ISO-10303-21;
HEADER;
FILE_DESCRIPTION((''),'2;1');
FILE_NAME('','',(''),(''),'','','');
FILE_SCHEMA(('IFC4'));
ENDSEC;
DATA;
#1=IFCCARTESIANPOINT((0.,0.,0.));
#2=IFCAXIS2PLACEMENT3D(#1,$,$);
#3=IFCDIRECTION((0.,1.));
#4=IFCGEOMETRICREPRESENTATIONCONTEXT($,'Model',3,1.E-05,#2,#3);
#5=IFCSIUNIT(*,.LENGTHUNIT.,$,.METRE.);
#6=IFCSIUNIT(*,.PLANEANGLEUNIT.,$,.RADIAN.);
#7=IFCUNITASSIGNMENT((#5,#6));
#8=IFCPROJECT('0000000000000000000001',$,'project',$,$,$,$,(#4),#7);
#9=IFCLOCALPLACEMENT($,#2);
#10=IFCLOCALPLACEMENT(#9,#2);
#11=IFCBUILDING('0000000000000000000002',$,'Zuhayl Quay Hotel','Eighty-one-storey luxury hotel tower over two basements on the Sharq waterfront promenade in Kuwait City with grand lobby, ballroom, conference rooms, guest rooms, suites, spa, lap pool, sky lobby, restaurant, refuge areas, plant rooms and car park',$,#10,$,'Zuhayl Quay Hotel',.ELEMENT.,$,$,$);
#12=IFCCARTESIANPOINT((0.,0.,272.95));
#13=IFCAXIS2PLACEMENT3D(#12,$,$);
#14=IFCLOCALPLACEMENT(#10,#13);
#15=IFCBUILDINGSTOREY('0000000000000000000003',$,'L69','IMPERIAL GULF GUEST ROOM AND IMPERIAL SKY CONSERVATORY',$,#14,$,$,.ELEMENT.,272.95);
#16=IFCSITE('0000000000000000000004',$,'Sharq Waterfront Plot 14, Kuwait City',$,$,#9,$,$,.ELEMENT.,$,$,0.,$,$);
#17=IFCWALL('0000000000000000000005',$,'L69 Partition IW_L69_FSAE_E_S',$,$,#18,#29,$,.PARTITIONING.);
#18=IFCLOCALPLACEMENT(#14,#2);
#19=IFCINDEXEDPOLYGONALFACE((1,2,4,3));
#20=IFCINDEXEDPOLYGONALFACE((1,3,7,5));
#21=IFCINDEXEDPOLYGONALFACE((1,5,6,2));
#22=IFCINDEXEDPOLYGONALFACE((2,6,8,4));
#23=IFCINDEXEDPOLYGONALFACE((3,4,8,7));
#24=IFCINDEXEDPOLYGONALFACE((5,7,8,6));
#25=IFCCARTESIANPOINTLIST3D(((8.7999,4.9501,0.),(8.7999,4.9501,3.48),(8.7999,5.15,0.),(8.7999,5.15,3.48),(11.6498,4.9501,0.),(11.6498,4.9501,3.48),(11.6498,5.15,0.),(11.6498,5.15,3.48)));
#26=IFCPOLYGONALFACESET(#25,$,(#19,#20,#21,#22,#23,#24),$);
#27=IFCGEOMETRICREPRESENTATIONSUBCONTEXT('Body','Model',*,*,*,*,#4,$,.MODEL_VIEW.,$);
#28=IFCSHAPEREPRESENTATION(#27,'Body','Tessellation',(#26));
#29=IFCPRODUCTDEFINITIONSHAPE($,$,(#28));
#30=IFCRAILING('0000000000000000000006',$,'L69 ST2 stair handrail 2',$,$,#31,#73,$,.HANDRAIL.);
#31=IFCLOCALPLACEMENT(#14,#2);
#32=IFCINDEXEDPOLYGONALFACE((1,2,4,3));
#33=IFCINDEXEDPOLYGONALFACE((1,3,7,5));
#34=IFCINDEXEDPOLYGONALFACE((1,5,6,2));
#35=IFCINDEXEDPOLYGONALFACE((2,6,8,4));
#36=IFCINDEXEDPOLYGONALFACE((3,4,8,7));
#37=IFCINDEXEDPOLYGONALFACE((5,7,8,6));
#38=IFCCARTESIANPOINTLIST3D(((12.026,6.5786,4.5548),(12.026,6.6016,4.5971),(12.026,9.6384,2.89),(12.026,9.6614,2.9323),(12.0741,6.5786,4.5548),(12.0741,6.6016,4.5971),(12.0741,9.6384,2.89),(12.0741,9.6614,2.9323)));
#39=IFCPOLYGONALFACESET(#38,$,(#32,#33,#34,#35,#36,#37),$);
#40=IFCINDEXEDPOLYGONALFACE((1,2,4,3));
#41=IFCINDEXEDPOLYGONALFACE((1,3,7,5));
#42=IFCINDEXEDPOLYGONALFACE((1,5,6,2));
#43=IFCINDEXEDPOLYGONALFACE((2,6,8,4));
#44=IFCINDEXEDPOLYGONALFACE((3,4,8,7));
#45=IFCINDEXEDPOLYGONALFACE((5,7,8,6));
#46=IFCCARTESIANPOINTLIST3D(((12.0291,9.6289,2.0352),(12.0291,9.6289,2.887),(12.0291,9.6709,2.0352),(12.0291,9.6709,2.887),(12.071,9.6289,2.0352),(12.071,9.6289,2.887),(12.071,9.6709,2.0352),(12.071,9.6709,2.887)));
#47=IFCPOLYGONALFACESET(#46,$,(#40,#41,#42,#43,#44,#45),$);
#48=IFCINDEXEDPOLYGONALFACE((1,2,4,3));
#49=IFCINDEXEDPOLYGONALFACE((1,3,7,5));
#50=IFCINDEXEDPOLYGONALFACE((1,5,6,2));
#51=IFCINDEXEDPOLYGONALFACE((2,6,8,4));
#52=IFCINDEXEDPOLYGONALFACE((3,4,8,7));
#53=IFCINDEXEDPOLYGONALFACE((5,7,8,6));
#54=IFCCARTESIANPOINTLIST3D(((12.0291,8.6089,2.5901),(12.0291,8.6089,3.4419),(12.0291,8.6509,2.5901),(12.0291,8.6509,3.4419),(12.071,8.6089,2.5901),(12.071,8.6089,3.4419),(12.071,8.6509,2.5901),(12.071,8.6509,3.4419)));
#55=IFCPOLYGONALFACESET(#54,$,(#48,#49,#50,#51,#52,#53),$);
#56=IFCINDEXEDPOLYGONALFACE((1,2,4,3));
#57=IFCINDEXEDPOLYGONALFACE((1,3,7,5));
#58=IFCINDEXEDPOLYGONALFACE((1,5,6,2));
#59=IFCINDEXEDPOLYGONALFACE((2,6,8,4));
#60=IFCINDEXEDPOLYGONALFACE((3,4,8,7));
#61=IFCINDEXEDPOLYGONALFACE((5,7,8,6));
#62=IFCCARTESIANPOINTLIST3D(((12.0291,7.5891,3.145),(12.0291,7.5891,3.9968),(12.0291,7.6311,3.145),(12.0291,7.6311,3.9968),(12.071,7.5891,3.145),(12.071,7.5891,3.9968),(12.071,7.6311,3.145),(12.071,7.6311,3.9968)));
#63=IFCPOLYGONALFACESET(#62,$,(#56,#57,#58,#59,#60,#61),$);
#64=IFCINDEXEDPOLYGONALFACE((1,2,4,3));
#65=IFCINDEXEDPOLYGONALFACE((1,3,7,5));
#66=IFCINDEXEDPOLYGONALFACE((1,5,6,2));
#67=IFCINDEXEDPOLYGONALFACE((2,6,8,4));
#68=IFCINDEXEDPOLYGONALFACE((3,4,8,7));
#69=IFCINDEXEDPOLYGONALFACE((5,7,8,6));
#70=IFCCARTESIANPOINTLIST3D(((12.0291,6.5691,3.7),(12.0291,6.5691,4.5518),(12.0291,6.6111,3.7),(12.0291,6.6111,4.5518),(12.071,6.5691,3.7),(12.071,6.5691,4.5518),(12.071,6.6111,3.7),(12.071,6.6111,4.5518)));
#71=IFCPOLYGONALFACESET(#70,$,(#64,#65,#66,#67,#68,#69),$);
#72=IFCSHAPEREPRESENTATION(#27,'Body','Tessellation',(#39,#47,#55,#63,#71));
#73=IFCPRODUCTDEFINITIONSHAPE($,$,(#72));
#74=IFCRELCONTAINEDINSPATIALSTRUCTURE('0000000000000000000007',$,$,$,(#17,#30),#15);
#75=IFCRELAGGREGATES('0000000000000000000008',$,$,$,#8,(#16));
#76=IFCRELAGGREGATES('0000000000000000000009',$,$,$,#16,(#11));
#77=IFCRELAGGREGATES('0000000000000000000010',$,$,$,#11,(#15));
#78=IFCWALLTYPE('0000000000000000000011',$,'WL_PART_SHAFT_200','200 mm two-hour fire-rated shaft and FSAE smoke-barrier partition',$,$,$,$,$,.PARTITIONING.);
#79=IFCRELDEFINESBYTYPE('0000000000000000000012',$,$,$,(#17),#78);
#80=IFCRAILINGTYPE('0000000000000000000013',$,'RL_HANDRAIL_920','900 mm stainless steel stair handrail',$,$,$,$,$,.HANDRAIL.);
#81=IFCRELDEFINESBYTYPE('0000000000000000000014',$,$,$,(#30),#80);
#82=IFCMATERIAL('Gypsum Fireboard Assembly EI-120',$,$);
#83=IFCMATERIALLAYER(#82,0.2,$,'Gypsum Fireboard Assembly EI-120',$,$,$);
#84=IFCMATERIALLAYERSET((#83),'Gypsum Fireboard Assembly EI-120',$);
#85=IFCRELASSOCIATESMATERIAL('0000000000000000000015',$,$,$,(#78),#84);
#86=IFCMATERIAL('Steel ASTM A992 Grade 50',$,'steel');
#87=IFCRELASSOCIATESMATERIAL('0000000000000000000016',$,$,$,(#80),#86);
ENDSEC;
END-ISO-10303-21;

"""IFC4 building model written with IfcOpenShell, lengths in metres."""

from ifc_helpers import new_model, si_unit, direction, frame, frame_2d, origin, origin_2d, place, context, subcontext, project, spatial, rectangle, extrude, material, layer, layer_set, type_object, element, save


model = new_model("IFC4")

# Units and contexts
model_context = context("Model", 3, precision=1e-05, world=origin(), true_north=direction((0.0, 1.0)))
body_context = subcontext(model_context, "Body", "Model", "MODEL_VIEW")
ifc_project = project(units=[si_unit("LENGTHUNIT", "METRE"), si_unit("PLANEANGLEUNIT", "RADIAN")], contexts=[model_context])

# Site, building, storey
site_placement = place(None, origin())
site = spatial("IfcSite", under=ifc_project, at=site_placement, Name="Sharq Waterfront Plot 14, Kuwait City", CompositionType="ELEMENT", RefElevation=0.0)
building_placement = place(site_placement, origin())
building = spatial("IfcBuilding", under=site, at=building_placement, Name="Zuhayl Quay Hotel", Description="Eighty-one-storey luxury hotel tower over two basements on the Sharq waterfront promenade in Kuwait City with grand lobby, ballroom, conference rooms, guest rooms, suites, spa, lap pool, sky lobby, restaurant, refuge areas, plant rooms and car park", LongName="Zuhayl Quay Hotel", CompositionType="ELEMENT")
storey_placement = place(building_placement, frame((0.0, 0.0, 272.95)))
storey = spatial("IfcBuildingStorey", under=building, at=storey_placement, Name="L69", Description="IMPERIAL GULF GUEST ROOM AND IMPERIAL SKY CONSERVATORY", CompositionType="ELEMENT", Elevation=272.95)

# Shared definitions
ifc_material_1 = material(Name="Gypsum Fireboard Assembly EI-120")
ifc_layer_1 = layer(ifc_material_1, 0.2, Name="Gypsum Fireboard Assembly EI-120")
ifc_layer_set_1 = layer_set([ifc_layer_1], Name="Gypsum Fireboard Assembly EI-120")
wall_type_1 = type_object("IfcWallType", Name="WL_PART_SHAFT_200", Description="200 mm two-hour fire-rated shaft and FSAE smoke-barrier partition", PredefinedType="PARTITIONING", material=ifc_layer_set_1)
ifc_material_2 = material(Name="Steel ASTM A992 Grade 50", Category="steel")

# Wall
wall_1_placement = place(storey_placement, frame((8.8, 5.05, 0.0), z_axis=(0.0, 0.0, 1.0), x_axis=(1.0, 0.0, 0.0)))
element("IfcWall", 1, at=wall_1_placement, inside=storey, type_object=wall_type_1, Name="L69 Partition IW_L69_FSAE_E_S", PredefinedType="PARTITIONING", context=body_context, shape_type="SweptSolid", body=[
    extrude(rectangle(XDim=2.8499, YDim=0.2, at=frame_2d((1.4248, 0.0))), origin(), (0.0, 0.0, 1.0), 3.48),
])

# Railing
railing_type = type_object("IfcRailingType", Name="RL_HANDRAIL_920", Description="900 mm stainless steel stair handrail", PredefinedType="HANDRAIL", material=ifc_material_2)
railing_placement = place(storey_placement, frame((12.05, 9.6499, 2.0352)))
element("IfcRailing", 2, at=railing_placement, inside=storey, type_object=railing_type, Name="L69 ST2 stair handrail 2", PredefinedType="HANDRAIL", context=body_context, shape_type="SweptSolid", body=[
    extrude(rectangle(XDim=0.0481, YDim=0.0481, at=origin_2d()), frame((0.0, 0.0, 0.876), z_axis=(0.0, -0.878401, 0.477924), x_axis=(1.0, 0.0, 0.0)), (0.0, 0.0, 1.0), 3.4834),
    extrude(rectangle(XDim=0.042, YDim=0.042, at=origin_2d()), origin(), (0.0, 0.0, 1.0), 0.8518),
    extrude(rectangle(XDim=0.042, YDim=0.042, at=origin_2d()), frame((0.0, -1.02, 0.5549)), (0.0, 0.0, 1.0), 0.8518),
    extrude(rectangle(XDim=0.042, YDim=0.042, at=origin_2d()), frame((0.0, -2.0398, 1.1099)), (0.0, 0.0, 1.0), 0.8518),
    extrude(rectangle(XDim=0.042, YDim=0.042, at=origin_2d()), frame((0.0, -3.0598, 1.6648)), (0.0, 0.0, 1.0), 0.8518),
])

save(model, "model.ifc")
